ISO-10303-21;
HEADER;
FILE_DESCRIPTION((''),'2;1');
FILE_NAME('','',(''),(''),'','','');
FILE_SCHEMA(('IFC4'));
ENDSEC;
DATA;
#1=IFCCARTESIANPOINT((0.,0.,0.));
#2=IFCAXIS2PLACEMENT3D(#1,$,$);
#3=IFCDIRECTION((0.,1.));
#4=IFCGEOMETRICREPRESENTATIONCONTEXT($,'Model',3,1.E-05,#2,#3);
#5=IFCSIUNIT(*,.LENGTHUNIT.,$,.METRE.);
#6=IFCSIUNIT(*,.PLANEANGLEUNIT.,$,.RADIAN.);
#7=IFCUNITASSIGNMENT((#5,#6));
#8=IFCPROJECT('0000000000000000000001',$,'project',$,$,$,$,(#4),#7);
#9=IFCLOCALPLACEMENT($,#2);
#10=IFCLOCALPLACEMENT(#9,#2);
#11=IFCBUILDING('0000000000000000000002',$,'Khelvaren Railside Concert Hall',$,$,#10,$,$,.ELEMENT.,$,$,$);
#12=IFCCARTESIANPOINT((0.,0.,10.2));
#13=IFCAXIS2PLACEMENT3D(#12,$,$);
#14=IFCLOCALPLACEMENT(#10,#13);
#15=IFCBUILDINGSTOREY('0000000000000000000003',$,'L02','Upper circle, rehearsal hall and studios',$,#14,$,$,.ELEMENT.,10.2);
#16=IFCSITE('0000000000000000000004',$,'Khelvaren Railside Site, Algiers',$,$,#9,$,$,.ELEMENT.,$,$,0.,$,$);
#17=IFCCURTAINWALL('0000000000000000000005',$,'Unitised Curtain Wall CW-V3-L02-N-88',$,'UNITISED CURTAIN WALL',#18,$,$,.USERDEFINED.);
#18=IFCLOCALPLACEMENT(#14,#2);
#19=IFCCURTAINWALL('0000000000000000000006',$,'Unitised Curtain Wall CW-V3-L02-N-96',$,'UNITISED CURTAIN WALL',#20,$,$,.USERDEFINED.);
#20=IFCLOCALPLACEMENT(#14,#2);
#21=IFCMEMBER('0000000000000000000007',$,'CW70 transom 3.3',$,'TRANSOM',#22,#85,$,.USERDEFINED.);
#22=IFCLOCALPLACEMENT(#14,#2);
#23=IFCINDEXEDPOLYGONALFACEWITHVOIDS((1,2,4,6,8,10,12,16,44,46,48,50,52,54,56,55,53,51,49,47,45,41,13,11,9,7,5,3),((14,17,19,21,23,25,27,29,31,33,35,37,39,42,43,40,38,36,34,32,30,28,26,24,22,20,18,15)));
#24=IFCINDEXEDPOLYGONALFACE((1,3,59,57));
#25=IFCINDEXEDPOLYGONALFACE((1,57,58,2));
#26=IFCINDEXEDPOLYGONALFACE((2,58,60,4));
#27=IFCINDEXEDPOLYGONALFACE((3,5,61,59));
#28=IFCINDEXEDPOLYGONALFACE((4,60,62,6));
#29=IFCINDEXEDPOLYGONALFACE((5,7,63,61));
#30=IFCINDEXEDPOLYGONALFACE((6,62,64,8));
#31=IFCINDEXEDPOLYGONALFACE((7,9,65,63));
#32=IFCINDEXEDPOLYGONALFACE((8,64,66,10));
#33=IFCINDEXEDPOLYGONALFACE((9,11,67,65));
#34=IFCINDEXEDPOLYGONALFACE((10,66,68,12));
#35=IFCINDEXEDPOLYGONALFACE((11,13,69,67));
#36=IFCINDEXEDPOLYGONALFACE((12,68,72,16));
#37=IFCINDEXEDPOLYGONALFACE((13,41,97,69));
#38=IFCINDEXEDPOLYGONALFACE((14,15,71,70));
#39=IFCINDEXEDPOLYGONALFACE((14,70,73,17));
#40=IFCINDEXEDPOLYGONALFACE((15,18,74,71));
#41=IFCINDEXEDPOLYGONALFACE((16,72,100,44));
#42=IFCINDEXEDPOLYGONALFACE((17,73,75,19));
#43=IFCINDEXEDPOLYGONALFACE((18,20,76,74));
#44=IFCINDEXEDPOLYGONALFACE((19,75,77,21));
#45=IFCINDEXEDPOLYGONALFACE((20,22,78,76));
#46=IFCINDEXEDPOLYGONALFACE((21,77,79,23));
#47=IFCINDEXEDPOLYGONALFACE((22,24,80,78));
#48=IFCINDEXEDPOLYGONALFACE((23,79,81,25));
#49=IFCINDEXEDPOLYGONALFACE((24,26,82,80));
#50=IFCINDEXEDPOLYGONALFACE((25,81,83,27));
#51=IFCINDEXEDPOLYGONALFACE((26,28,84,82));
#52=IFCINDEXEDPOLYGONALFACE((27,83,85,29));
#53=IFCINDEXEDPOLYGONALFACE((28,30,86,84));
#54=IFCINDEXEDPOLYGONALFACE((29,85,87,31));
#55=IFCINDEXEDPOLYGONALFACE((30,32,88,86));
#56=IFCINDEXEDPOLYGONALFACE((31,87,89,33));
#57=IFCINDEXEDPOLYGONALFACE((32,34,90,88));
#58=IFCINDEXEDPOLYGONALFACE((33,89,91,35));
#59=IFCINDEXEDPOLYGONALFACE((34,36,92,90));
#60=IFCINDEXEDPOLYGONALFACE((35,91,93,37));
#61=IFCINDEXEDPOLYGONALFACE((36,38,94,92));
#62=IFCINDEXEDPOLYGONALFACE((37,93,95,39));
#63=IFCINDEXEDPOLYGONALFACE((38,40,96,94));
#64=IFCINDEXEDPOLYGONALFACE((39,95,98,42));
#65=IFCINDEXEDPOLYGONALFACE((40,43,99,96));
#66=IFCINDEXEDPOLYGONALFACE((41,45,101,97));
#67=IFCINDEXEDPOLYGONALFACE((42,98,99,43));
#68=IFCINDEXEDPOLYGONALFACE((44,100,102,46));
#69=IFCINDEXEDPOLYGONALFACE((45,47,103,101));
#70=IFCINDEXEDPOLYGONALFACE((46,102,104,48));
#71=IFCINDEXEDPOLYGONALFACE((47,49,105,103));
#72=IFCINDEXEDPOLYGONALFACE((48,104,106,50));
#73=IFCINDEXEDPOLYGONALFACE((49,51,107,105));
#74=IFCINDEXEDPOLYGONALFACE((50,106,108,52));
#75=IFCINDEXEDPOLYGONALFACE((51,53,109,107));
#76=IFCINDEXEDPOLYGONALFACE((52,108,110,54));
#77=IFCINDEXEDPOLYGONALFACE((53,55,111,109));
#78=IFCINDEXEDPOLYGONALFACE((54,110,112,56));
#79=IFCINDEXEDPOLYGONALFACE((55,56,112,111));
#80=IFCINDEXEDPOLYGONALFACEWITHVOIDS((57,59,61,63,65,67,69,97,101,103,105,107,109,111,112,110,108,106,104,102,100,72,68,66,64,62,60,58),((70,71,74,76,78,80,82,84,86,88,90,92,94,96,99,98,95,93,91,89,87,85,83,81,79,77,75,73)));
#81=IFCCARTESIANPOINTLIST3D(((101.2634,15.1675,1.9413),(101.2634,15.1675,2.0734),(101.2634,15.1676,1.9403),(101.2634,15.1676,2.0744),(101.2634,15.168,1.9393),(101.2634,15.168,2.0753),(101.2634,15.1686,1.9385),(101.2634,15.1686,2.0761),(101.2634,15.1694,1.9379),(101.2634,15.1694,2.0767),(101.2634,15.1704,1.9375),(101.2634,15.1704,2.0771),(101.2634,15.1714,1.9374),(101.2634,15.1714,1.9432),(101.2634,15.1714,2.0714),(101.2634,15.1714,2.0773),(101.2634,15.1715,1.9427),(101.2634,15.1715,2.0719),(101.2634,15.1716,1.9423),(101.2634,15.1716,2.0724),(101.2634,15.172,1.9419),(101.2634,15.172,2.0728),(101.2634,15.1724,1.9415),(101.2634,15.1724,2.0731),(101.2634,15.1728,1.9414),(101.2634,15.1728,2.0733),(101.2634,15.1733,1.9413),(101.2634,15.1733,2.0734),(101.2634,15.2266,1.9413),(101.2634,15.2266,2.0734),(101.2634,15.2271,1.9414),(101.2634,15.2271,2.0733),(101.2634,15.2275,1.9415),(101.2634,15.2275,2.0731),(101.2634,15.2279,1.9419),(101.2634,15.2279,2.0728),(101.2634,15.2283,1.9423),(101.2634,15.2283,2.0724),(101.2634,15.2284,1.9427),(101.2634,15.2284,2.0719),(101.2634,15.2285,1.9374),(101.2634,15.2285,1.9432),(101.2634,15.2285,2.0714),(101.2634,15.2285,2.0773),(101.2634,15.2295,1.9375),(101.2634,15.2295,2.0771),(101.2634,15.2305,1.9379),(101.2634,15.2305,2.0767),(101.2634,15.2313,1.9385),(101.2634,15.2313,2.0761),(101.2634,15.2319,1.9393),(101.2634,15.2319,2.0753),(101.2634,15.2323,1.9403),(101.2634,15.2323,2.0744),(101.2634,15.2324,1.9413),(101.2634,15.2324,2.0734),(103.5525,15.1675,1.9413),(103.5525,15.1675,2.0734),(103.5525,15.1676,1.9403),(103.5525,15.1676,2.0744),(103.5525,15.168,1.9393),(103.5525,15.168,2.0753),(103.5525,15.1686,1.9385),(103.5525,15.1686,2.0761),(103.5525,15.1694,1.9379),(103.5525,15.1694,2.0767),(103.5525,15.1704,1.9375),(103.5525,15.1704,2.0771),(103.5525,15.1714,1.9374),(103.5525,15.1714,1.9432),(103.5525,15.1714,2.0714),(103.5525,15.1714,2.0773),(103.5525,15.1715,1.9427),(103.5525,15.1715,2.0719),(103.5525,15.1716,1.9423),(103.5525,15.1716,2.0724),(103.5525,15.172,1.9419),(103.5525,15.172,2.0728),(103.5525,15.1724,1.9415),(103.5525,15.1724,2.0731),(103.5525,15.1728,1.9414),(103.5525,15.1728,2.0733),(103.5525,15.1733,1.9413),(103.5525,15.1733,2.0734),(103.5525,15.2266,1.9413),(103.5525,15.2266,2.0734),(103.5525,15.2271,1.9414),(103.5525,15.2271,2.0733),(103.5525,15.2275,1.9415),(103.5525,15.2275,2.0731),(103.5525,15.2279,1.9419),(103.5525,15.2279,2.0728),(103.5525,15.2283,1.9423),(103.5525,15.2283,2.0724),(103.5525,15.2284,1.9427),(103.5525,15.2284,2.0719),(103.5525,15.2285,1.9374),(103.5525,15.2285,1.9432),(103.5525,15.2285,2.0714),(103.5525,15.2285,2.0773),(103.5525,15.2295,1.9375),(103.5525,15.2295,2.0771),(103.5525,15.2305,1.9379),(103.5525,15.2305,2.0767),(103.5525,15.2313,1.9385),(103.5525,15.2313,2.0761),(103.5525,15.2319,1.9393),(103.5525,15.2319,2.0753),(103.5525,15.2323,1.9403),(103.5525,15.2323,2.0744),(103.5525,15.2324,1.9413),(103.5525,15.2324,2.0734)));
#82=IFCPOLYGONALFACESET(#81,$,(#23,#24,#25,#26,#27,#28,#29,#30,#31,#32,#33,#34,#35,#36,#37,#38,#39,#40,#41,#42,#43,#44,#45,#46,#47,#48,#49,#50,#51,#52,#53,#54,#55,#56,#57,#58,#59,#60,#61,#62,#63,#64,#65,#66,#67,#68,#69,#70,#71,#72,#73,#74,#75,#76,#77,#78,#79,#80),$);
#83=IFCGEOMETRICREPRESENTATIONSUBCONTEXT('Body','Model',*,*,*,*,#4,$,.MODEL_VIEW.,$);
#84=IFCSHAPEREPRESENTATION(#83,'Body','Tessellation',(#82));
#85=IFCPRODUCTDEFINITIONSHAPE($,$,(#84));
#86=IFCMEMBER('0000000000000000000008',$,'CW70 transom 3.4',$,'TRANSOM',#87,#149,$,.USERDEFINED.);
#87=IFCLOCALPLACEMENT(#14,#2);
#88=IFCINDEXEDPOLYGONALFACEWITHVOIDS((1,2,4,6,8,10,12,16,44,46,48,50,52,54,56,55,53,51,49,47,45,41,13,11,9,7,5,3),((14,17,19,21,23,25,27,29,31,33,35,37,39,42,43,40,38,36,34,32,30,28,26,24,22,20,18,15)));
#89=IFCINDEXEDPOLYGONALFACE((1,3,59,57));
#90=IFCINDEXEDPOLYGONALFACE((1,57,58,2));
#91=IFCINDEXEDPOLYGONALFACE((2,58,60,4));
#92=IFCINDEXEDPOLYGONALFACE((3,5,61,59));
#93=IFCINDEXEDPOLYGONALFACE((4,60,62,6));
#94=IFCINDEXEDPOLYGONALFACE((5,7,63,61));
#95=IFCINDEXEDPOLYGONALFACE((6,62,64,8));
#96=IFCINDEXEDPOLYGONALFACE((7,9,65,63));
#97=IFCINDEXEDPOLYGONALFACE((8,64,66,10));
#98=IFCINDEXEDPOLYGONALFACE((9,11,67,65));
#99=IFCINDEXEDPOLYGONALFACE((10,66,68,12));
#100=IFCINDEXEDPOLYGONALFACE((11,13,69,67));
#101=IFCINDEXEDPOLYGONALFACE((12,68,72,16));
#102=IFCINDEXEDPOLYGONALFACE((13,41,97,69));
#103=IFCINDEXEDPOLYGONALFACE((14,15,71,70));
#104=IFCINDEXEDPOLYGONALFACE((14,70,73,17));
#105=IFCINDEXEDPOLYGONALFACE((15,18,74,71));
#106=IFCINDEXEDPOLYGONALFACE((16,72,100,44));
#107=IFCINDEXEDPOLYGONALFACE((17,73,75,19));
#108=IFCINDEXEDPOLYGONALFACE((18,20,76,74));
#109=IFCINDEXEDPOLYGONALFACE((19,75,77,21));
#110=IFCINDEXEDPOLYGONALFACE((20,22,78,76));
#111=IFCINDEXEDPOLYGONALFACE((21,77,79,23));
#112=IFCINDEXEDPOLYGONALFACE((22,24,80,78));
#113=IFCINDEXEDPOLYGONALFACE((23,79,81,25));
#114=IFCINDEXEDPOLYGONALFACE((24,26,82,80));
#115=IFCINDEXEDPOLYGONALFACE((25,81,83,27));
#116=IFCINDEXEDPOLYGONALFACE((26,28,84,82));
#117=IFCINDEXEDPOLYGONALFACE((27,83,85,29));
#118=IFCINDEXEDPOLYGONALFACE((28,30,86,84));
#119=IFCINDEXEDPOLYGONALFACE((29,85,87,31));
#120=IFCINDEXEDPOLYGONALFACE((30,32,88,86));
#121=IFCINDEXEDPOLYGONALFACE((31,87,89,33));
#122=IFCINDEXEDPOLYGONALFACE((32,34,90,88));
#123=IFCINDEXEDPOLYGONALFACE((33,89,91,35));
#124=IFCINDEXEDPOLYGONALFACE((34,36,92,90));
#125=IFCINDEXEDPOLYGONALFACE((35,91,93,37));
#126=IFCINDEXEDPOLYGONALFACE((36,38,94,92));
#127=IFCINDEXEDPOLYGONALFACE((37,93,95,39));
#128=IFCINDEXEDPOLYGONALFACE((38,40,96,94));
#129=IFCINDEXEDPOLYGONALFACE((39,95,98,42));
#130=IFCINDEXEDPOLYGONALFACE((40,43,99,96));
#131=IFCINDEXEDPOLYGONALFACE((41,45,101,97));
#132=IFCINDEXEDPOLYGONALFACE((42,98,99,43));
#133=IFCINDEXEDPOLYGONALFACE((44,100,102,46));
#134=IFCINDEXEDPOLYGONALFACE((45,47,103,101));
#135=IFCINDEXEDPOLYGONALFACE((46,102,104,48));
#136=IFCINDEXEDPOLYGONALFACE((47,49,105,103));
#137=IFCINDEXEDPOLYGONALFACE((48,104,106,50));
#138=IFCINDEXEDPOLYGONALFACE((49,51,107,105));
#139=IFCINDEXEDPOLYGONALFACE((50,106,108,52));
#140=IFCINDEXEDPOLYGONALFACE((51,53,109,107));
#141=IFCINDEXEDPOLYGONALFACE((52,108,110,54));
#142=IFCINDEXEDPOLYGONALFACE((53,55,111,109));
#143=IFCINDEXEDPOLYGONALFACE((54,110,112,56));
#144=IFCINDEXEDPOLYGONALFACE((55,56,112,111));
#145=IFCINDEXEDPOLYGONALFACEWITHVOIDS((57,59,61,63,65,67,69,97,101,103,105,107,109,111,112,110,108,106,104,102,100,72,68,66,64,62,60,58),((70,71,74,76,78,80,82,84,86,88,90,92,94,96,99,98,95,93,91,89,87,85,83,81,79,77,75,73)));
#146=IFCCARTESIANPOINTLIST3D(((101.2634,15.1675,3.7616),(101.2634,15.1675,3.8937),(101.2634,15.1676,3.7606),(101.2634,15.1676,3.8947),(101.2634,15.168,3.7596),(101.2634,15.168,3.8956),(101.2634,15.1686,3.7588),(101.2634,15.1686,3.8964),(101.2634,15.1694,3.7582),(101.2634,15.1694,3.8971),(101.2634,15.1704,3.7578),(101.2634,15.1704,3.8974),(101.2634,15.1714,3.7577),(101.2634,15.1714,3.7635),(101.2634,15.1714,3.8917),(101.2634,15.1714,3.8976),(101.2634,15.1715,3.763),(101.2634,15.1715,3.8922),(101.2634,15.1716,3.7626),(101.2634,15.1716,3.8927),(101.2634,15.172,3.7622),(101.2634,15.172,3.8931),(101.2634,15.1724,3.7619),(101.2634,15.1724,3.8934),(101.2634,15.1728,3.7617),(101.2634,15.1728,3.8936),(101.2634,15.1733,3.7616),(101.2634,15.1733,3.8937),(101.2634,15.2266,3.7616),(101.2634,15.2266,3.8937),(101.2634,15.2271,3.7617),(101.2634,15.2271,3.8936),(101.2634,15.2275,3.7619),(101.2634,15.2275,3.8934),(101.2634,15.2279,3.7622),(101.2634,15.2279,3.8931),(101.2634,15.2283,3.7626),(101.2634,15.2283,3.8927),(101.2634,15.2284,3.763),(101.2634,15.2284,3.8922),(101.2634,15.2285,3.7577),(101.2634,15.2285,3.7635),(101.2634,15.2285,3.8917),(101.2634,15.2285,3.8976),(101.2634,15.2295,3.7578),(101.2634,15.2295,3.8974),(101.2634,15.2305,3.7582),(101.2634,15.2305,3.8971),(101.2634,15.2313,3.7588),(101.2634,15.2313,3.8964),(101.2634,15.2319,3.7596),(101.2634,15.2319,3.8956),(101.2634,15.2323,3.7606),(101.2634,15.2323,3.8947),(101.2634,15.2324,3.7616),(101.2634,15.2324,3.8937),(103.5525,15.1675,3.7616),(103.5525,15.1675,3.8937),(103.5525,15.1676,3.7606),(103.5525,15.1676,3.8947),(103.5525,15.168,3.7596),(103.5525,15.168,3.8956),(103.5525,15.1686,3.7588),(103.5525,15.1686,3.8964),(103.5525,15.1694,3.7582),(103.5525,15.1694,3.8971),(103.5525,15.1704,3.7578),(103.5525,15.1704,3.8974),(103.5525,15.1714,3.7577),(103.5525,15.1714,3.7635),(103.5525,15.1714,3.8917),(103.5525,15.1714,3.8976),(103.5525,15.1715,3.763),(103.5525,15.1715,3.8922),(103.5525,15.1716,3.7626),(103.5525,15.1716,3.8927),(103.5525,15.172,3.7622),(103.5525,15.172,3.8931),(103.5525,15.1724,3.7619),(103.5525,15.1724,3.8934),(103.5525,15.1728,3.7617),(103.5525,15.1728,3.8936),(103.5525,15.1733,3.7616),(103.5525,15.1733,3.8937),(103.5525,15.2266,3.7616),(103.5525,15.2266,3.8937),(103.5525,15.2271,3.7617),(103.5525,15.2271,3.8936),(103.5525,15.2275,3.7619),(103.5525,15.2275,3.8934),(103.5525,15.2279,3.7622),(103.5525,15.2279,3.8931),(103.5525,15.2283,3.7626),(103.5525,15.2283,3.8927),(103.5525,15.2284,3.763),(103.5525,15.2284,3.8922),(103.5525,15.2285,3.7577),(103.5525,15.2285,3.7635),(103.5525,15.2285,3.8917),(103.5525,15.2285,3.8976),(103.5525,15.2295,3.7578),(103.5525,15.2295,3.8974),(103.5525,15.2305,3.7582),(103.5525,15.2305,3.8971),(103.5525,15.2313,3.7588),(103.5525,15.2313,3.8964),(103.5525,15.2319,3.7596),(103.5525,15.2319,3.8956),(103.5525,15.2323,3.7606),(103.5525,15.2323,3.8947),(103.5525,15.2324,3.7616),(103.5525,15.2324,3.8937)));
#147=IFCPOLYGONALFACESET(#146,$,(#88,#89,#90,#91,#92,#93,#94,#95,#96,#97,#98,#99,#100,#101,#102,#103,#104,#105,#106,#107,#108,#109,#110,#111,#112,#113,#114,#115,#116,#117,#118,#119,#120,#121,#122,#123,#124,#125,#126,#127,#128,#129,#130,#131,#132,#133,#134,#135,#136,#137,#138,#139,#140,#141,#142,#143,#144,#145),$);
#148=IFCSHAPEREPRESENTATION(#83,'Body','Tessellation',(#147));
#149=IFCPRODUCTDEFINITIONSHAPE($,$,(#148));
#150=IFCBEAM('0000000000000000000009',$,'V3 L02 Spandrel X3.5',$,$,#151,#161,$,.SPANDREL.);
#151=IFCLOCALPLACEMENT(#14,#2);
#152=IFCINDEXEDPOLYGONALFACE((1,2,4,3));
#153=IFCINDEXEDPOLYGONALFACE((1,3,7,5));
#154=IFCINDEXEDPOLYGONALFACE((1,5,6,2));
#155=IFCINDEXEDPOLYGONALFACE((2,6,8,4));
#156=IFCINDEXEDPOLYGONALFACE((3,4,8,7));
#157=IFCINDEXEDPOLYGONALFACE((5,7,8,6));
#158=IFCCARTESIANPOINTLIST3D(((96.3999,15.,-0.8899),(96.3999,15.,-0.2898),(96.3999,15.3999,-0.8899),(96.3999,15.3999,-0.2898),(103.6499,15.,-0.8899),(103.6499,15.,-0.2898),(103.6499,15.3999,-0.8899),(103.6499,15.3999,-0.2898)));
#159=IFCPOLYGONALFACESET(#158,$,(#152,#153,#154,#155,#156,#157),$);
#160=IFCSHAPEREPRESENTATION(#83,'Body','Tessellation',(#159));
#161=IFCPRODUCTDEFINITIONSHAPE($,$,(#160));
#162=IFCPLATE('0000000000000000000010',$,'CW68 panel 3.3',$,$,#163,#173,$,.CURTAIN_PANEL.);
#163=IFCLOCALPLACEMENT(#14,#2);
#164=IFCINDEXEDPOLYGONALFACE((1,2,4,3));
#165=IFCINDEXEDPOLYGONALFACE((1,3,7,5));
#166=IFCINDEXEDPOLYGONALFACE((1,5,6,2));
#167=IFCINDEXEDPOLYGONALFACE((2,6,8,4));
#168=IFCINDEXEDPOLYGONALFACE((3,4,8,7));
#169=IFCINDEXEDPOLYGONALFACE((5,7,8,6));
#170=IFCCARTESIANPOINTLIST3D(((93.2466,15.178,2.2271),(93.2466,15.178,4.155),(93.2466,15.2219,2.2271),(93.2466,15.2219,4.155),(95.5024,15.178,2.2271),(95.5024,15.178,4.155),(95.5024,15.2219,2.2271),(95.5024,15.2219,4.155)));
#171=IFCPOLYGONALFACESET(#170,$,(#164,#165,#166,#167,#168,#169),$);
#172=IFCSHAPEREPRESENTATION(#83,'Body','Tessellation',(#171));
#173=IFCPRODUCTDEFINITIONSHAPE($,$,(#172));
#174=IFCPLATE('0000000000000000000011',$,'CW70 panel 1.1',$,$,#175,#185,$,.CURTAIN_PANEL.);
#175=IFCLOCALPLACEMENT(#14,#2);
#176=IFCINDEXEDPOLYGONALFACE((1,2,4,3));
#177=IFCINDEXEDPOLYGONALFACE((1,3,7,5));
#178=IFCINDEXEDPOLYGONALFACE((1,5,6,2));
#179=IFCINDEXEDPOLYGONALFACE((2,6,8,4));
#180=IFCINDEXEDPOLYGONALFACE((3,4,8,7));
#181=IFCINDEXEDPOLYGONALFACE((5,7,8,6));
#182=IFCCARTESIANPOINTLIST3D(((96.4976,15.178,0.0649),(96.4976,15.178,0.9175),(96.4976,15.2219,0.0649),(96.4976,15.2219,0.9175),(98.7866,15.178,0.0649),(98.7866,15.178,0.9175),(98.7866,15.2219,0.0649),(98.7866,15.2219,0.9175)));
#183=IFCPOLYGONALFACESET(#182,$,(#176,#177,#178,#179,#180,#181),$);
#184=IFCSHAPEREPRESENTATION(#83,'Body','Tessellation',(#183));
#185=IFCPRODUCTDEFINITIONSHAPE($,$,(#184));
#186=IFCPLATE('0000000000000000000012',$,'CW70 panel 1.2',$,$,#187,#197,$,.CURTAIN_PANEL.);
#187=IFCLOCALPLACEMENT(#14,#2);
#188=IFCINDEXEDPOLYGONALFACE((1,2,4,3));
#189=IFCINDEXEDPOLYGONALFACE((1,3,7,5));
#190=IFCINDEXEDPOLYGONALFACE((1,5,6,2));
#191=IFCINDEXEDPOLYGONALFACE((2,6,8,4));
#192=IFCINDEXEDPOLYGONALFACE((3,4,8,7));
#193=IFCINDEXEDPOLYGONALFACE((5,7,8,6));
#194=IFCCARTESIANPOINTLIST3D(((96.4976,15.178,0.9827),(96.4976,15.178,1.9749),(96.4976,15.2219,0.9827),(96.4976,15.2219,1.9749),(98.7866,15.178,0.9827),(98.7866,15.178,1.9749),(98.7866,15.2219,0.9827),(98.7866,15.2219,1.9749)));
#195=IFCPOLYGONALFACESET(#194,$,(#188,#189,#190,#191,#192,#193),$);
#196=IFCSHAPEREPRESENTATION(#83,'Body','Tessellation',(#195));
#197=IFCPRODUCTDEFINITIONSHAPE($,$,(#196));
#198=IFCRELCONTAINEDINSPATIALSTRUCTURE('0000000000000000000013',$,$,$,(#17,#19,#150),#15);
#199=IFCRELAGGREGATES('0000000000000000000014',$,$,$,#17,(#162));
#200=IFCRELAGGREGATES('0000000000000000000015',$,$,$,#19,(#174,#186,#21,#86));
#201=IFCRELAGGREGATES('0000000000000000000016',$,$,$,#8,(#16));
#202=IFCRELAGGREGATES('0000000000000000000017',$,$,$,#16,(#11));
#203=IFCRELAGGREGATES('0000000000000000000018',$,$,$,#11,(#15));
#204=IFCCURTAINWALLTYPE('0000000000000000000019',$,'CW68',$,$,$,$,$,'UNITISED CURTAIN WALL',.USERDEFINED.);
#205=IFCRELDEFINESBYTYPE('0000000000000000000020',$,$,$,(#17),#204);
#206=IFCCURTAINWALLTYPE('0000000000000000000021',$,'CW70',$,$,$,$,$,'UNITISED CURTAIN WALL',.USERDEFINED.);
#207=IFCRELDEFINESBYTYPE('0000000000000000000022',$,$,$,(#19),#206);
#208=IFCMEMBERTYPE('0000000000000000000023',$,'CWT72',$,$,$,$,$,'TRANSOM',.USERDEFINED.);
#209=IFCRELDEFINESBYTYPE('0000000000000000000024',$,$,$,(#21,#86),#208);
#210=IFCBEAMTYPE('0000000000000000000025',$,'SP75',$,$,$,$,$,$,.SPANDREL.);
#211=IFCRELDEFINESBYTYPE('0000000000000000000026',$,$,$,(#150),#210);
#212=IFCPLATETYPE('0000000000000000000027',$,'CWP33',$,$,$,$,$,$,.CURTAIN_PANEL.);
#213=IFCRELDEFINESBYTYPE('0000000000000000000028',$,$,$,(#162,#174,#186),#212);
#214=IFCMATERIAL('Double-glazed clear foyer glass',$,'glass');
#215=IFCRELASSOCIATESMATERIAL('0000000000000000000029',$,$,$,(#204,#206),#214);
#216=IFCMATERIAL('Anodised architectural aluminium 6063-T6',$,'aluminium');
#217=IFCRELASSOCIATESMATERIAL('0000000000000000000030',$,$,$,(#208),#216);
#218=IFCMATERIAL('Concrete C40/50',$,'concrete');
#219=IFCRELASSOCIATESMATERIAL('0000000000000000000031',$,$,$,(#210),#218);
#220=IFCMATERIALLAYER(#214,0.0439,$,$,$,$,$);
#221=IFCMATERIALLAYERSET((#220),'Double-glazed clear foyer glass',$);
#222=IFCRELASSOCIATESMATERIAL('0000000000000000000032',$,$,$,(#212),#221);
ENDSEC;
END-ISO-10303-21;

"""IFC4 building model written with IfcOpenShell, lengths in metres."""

from ifc_helpers import new_model, si_unit, direction, frame, origin, origin_2d, place, context, subcontext, project, spatial, rectangle, hollow_rectangle, extrude, material, layer, layer_set, material_profile, profile_set, type_object, element, aggregate, save


model = new_model("IFC4")

# Units and contexts
model_context = context("Model", 3, precision=1e-05, world=origin(), true_north=direction((0.0, 1.0)))
body_context = subcontext(model_context, "Body", "Model", "MODEL_VIEW")
ifc_project = project(units=[si_unit("LENGTHUNIT", "METRE"), si_unit("PLANEANGLEUNIT", "RADIAN")], contexts=[model_context])

# Site, building, storey
site_placement = place(None, origin())
site = spatial("IfcSite", under=ifc_project, at=site_placement, Name="Khelvaren Railside Site, Algiers", CompositionType="ELEMENT", RefElevation=0.0)
building_placement = place(site_placement, origin())
building = spatial("IfcBuilding", under=site, at=building_placement, Name="Khelvaren Railside Concert Hall", CompositionType="ELEMENT")
storey_placement = place(building_placement, frame((0.0, 0.0, 10.2)))
storey = spatial("IfcBuildingStorey", under=building, at=storey_placement, Name="L02", Description="Upper circle, rehearsal hall and studios", CompositionType="ELEMENT", Elevation=10.2)

# Curtain wall
ifc_material_1 = material(Name="Double-glazed clear foyer glass", Category="glass")
curtain_wall_type_1 = type_object("IfcCurtainWallType", Name="CW68", ElementType="UNITISED CURTAIN WALL", PredefinedType="USERDEFINED", material=ifc_material_1)
curtain_wall_1_placement = place(storey_placement, origin())
curtain_wall_1 = element("IfcCurtainWall", 1, at=curtain_wall_1_placement, inside=storey, type_object=curtain_wall_type_1, Name="Unitised Curtain Wall CW-V3-L02-N-88", ObjectType="UNITISED CURTAIN WALL", PredefinedType="USERDEFINED")
ifc_material_2 = material(Name="Anodised architectural aluminium 6063-T6", Category="aluminium")

# Curtain wall, members
curtain_wall_type_2 = type_object("IfcCurtainWallType", Name="CW70", ElementType="UNITISED CURTAIN WALL", PredefinedType="USERDEFINED", material=ifc_material_1)
curtain_wall_2_placement = place(storey_placement, origin())
curtain_wall_2 = element("IfcCurtainWall", 2, at=curtain_wall_2_placement, inside=storey, type_object=curtain_wall_type_2, Name="Unitised Curtain Wall CW-V3-L02-N-96", ObjectType="UNITISED CURTAIN WALL", PredefinedType="USERDEFINED")
ifc_material_profile_1 = material_profile(ifc_material_2, hollow_rectangle(XDim=0.0649, YDim=0.1399, WallThickness=0.0039, InnerFilletRadius=0.002, OuterFilletRadius=0.0039, at=origin_2d()), Name="CWT 65x140x4")
ifc_profile_set_1 = profile_set([ifc_material_profile_1], Name="Anodised architectural aluminium 6063-T6")
member_type_1 = type_object("IfcMemberType", Name="CWT72", ElementType="TRANSOM", PredefinedType="USERDEFINED", material=ifc_profile_set_1)
member_1_placement = place(storey_placement, frame((101.2634, 15.2, 2.0073), z_axis=(1.0, 0.0, 0.0), x_axis=(0.0, 1.0, 0.0)))
member_1 = element("IfcMember", 3, at=member_1_placement, type_object=member_type_1, Name="CW70 transom 3.3", ObjectType="TRANSOM", PredefinedType="USERDEFINED", context=body_context, shape_type="SweptSolid", body=[
    extrude(hollow_rectangle(XDim=0.0649, YDim=0.1399, WallThickness=0.0039, InnerFilletRadius=0.002, OuterFilletRadius=0.0039, at=origin_2d()), origin(), (0.0, 0.0, 1.0), 2.2891),
])
member_2_placement = place(storey_placement, frame((101.2634, 15.2, 3.8276), z_axis=(1.0, 0.0, 0.0), x_axis=(0.0, 1.0, 0.0)))
member_2 = element("IfcMember", 4, at=member_2_placement, type_object=member_type_1, Name="CW70 transom 3.4", ObjectType="TRANSOM", PredefinedType="USERDEFINED", context=body_context, shape_type="SweptSolid", body=[
    extrude(hollow_rectangle(XDim=0.0649, YDim=0.1399, WallThickness=0.0039, InnerFilletRadius=0.002, OuterFilletRadius=0.0039, at=origin_2d()), origin(), (0.0, 0.0, 1.0), 2.2891),
])

# Beam
ifc_material_3 = material(Name="Concrete C40/50", Category="concrete")
ifc_material_profile_2 = material_profile(ifc_material_3, rectangle(XDim=0.3999, YDim=0.6001, at=origin_2d()), Name="RCB 400x600")
ifc_profile_set_2 = profile_set([ifc_material_profile_2], Name="Concrete C40/50")
beam_type = type_object("IfcBeamType", Name="SP75", PredefinedType="SPANDREL", material=ifc_profile_set_2)
beam_placement = place(storey_placement, frame((96.3999, 15.2, -0.5898), z_axis=(1.0, 0.0, 0.0), x_axis=(0.0, 1.0, 0.0)))
element("IfcBeam", 5, at=beam_placement, inside=storey, type_object=beam_type, Name="V3 L02 Spandrel X3.5", PredefinedType="SPANDREL", context=body_context, shape_type="SweptSolid", body=[
    extrude(rectangle(XDim=0.3999, YDim=0.6001, at=origin_2d()), origin(), (0.0, 0.0, 1.0), 7.25),
])

# Plates
ifc_layer = layer(ifc_material_1, 0.0439)
ifc_layer_set = layer_set([ifc_layer], Name="Double-glazed clear foyer glass")
plate_type = type_object("IfcPlateType", Name="CWP33", PredefinedType="CURTAIN_PANEL", material=ifc_layer_set)
plate_1_placement = place(storey_placement, frame((94.3745, 15.2, 2.2271), z_axis=(0.0, 0.0, 1.0), x_axis=(1.0, 0.0, 0.0)))
plate_1 = element("IfcPlate", 6, at=plate_1_placement, type_object=plate_type, Name="CW68 panel 3.3", PredefinedType="CURTAIN_PANEL", context=body_context, shape_type="SweptSolid", body=[
    extrude(rectangle(XDim=2.2559, YDim=0.0439, at=origin_2d()), origin(), (0.0, 0.0, 1.0), 1.928),
])
aggregate(curtain_wall_1, [plate_1])
plate_2_placement = place(storey_placement, frame((97.6421, 15.2, 0.0649), z_axis=(0.0, 0.0, 1.0), x_axis=(1.0, 0.0, 0.0)))
plate_2 = element("IfcPlate", 7, at=plate_2_placement, type_object=plate_type, Name="CW70 panel 1.1", PredefinedType="CURTAIN_PANEL", context=body_context, shape_type="SweptSolid", body=[
    extrude(rectangle(XDim=2.2891, YDim=0.0439, at=origin_2d()), origin(), (0.0, 0.0, 1.0), 0.8525),
])
plate_3_placement = place(storey_placement, frame((97.6421, 15.2, 0.9827), z_axis=(0.0, 0.0, 1.0), x_axis=(1.0, 0.0, 0.0)))
plate_3 = element("IfcPlate", 8, at=plate_3_placement, type_object=plate_type, Name="CW70 panel 1.2", PredefinedType="CURTAIN_PANEL", context=body_context, shape_type="SweptSolid", body=[
    extrude(rectangle(XDim=2.2891, YDim=0.0439, at=origin_2d()), origin(), (0.0, 0.0, 1.0), 0.9922),
])
aggregate(curtain_wall_2, [plate_2, plate_3, member_1, member_2])

save(model, "model.ifc")
